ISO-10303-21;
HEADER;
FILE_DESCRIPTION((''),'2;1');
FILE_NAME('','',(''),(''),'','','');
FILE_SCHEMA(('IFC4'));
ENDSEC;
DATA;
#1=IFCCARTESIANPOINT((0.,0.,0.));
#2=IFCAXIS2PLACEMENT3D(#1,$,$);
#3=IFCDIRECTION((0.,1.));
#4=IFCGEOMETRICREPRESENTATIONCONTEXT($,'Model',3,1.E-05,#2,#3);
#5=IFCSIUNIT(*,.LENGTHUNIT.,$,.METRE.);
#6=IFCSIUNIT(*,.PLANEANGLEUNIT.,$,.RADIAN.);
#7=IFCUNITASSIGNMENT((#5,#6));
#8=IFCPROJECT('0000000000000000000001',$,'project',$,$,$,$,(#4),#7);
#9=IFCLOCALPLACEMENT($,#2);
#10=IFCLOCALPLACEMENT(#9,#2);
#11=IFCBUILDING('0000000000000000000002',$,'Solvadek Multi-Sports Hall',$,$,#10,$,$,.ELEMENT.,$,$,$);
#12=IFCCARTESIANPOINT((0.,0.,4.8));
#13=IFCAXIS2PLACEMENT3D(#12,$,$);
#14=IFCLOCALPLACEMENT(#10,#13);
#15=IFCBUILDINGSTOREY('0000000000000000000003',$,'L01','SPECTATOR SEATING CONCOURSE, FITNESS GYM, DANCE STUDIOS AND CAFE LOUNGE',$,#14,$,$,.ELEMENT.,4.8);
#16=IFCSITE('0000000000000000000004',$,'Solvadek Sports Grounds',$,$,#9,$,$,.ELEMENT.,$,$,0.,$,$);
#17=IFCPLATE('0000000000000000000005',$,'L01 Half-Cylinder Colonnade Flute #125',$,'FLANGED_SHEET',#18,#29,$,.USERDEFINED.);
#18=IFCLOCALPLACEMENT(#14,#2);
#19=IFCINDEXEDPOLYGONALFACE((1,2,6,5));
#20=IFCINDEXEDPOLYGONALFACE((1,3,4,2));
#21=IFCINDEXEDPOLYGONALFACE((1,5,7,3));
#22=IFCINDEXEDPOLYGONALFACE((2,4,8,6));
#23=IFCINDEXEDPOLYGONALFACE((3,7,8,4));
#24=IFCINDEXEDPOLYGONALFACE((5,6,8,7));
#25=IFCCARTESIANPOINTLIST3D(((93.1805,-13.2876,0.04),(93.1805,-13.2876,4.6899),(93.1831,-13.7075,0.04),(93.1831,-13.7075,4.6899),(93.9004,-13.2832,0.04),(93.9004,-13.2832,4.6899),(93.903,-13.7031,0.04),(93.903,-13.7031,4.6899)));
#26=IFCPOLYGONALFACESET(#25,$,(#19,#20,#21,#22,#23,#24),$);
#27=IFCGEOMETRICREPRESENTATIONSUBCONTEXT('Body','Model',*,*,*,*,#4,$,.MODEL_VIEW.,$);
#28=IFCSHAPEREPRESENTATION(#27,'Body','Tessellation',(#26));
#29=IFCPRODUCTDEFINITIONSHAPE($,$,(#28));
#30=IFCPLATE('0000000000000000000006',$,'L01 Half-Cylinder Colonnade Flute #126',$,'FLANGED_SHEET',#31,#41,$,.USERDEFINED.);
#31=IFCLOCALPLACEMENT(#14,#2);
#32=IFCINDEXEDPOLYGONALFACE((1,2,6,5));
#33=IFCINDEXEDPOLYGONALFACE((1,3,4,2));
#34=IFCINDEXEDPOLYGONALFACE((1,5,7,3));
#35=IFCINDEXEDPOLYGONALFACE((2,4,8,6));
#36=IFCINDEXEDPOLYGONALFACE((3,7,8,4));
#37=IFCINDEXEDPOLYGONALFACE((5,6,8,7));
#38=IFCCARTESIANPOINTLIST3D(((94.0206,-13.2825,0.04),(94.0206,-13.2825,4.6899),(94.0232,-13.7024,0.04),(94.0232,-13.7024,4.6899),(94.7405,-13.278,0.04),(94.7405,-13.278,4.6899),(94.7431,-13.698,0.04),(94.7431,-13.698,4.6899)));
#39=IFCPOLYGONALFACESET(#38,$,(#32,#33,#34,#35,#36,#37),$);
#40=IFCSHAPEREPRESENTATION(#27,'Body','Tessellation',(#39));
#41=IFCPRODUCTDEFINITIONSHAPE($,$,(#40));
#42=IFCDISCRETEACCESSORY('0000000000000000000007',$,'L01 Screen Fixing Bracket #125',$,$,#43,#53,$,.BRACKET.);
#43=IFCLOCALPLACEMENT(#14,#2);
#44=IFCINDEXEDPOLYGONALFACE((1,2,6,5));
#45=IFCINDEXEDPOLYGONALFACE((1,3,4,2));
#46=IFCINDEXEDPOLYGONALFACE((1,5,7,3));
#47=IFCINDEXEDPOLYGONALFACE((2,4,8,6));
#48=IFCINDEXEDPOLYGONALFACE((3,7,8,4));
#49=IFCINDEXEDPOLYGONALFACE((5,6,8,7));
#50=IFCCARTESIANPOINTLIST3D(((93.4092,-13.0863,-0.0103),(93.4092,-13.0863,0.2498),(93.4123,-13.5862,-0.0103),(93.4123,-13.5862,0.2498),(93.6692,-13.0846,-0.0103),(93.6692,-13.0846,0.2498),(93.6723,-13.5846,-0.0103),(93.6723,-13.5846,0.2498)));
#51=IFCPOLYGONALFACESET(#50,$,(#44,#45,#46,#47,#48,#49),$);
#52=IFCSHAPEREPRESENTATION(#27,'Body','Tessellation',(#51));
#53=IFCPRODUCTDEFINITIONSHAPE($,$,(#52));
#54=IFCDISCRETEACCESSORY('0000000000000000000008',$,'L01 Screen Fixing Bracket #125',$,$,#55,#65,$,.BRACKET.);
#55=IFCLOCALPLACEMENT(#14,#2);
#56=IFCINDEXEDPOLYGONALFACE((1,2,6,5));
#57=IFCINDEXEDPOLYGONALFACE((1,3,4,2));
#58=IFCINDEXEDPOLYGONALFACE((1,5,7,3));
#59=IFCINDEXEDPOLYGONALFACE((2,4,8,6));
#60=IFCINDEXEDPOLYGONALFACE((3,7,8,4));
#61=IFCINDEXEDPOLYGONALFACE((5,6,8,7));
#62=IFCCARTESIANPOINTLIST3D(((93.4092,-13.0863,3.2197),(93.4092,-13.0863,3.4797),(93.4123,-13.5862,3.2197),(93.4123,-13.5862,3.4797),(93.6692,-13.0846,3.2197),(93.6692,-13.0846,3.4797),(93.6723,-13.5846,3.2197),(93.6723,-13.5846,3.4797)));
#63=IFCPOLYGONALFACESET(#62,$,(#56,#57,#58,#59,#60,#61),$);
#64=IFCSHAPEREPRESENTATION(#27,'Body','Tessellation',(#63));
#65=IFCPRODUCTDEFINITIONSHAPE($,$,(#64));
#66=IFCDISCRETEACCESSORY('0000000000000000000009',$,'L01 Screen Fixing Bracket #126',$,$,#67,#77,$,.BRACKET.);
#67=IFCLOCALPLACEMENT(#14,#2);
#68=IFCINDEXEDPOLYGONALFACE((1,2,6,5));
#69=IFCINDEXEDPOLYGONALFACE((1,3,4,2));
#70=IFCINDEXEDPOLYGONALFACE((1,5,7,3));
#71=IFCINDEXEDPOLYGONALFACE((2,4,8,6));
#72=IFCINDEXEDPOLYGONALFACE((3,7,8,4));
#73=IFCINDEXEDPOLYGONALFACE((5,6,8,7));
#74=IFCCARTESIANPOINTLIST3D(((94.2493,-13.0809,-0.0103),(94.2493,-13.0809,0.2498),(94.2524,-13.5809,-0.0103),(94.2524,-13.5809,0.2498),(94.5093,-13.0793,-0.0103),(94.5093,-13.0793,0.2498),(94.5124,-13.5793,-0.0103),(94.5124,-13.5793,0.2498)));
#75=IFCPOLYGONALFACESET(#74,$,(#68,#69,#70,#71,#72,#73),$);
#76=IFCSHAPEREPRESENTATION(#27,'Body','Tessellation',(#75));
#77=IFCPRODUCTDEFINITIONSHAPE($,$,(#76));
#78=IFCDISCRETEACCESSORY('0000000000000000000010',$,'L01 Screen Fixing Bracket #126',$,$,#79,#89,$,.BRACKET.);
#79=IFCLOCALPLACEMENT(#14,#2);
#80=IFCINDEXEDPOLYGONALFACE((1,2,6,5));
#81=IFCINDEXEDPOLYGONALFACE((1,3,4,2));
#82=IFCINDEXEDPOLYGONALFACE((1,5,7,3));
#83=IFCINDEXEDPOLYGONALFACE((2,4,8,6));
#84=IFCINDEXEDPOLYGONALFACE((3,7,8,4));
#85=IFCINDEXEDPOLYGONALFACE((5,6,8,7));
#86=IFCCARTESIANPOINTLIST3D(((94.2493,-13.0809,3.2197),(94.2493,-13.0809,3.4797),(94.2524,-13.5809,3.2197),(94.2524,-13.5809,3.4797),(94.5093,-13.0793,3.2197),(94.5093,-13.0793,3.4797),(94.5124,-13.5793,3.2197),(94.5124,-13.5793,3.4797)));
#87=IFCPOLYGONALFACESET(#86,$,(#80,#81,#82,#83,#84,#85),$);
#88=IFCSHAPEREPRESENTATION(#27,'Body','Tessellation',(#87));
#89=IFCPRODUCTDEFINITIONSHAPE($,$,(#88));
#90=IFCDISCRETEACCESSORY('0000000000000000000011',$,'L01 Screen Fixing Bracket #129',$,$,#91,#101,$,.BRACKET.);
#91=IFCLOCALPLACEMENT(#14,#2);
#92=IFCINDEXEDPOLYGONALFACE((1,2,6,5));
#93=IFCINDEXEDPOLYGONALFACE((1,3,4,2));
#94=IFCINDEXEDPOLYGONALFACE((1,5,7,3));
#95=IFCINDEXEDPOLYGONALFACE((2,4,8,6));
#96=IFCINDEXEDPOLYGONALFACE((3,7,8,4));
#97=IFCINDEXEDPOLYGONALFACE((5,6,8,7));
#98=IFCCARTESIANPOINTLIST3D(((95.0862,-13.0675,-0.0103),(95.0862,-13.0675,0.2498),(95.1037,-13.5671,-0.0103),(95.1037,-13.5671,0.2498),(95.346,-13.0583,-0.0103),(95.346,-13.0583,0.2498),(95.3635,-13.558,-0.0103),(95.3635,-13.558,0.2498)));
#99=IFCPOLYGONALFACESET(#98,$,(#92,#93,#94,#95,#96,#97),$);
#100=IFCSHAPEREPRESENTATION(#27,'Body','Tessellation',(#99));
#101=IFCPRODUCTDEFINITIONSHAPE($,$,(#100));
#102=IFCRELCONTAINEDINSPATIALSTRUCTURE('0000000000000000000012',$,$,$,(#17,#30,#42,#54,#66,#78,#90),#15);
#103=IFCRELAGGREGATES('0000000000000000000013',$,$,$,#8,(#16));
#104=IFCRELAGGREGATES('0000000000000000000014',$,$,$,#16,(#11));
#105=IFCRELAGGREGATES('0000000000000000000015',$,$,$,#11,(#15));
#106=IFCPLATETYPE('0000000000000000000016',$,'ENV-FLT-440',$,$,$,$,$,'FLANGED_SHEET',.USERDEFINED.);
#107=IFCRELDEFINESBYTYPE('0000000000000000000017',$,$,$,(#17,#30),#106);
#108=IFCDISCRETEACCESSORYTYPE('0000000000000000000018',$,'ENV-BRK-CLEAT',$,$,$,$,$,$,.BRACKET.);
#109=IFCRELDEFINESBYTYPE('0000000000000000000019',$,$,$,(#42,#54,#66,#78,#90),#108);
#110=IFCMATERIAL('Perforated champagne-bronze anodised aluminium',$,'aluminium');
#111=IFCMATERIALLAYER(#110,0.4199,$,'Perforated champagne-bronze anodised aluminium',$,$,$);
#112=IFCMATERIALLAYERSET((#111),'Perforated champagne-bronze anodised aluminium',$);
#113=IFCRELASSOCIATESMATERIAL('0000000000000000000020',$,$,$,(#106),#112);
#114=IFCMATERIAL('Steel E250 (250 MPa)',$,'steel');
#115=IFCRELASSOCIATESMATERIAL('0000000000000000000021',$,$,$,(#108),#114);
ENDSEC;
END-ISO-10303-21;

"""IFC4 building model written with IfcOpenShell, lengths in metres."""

from ifc_helpers import new_model, si_unit, direction, frame, origin, origin_2d, place, context, subcontext, project, spatial, rectangle, extrude, material, layer, layer_set, type_object, element, save


model = new_model("IFC4")

# Units and contexts
model_context = context("Model", 3, precision=1e-05, world=origin(), true_north=direction((0.0, 1.0)))
body_context = subcontext(model_context, "Body", "Model", "MODEL_VIEW")
ifc_project = project(units=[si_unit("LENGTHUNIT", "METRE"), si_unit("PLANEANGLEUNIT", "RADIAN")], contexts=[model_context])

# Site, building, storey
site_placement = place(None, origin())
site = spatial("IfcSite", under=ifc_project, at=site_placement, Name="Solvadek Sports Grounds", CompositionType="ELEMENT", RefElevation=0.0)
building_placement = place(site_placement, origin())
building = spatial("IfcBuilding", under=site, at=building_placement, Name="Solvadek Multi-Sports Hall", CompositionType="ELEMENT")
storey_placement = place(building_placement, frame((0.0, 0.0, 4.8)))
storey = spatial("IfcBuildingStorey", under=building, at=storey_placement, Name="L01", Description="SPECTATOR SEATING CONCOURSE, FITNESS GYM, DANCE STUDIOS AND CAFE LOUNGE", CompositionType="ELEMENT", Elevation=4.8)

# Plates
ifc_material_1 = material(Name="Perforated champagne-bronze anodised aluminium", Category="aluminium")
ifc_layer_1 = layer(ifc_material_1, 0.4199, Name="Perforated champagne-bronze anodised aluminium")
ifc_layer_set_1 = layer_set([ifc_layer_1], Name="Perforated champagne-bronze anodised aluminium")
plate_type_1 = type_object("IfcPlateType", Name="ENV-FLT-440", ElementType="FLANGED_SHEET", PredefinedType="USERDEFINED", material=ifc_layer_set_1)
for number, where, z_axis, x_axis, name in (
    (1, (93.5417, -13.4954, 0.04), (0.0, 0.0, 1.0), (0.999981, 0.00619, 0.0), "L01 Half-Cylinder Colonnade Flute #125"),
    (2, (94.3818, -13.4902, 0.04), (0.0, 0.0, 1.0), (0.999981, 0.00619, 0.0), "L01 Half-Cylinder Colonnade Flute #126"),
):
    element("IfcPlate", number, at=place(storey_placement, frame(where, z_axis=z_axis, x_axis=x_axis)), inside=storey, type_object=plate_type_1, Name=name, ObjectType="FLANGED_SHEET", PredefinedType="USERDEFINED", context=body_context, shape_type="SweptSolid", body=[
        extrude(rectangle(XDim=0.72, YDim=0.4199, at=origin_2d()), origin(), (0.0, 0.0, 1.0), 4.6499),
    ])

# Discrete accessories
ifc_material_2 = material(Name="Steel E250 (250 MPa)", Category="steel")
discrete_accessory_type = type_object("IfcDiscreteAccessoryType", Name="ENV-BRK-CLEAT", PredefinedType="BRACKET", material=ifc_material_2)
for number, where, z_axis, x_axis, name in (
    (3, (93.5408, -13.3354, -0.0103), (0.0, 0.0, 1.0), (0.999981, 0.00619, 0.0), "L01 Screen Fixing Bracket #125"),
    (4, (93.5408, -13.3354, 3.2197), (0.0, 0.0, 1.0), (0.999981, 0.00619, 0.0), "L01 Screen Fixing Bracket #125"),
    (5, (94.3809, -13.3301, -0.0103), (0.0, 0.0, 1.0), (0.999981, 0.00619, 0.0), "L01 Screen Fixing Bracket #126"),
    (6, (94.3809, -13.3301, 3.2197), (0.0, 0.0, 1.0), (0.999981, 0.00619, 0.0), "L01 Screen Fixing Bracket #126"),
    (7, (95.2249, -13.3127, -0.0103), (0.0, 0.0, 1.0), (0.999386, 0.035038, 0.0), "L01 Screen Fixing Bracket #129"),
):
    element("IfcDiscreteAccessory", number, at=place(storey_placement, frame(where, z_axis=z_axis, x_axis=x_axis)), inside=storey, type_object=discrete_accessory_type, Name=name, PredefinedType="BRACKET", context=body_context, shape_type="SweptSolid", body=[
        extrude(rectangle(XDim=0.26, YDim=0.5, at=origin_2d()), origin(), (0.0, 0.0, 1.0), 0.26),
    ])

save(model, "model.ifc")
